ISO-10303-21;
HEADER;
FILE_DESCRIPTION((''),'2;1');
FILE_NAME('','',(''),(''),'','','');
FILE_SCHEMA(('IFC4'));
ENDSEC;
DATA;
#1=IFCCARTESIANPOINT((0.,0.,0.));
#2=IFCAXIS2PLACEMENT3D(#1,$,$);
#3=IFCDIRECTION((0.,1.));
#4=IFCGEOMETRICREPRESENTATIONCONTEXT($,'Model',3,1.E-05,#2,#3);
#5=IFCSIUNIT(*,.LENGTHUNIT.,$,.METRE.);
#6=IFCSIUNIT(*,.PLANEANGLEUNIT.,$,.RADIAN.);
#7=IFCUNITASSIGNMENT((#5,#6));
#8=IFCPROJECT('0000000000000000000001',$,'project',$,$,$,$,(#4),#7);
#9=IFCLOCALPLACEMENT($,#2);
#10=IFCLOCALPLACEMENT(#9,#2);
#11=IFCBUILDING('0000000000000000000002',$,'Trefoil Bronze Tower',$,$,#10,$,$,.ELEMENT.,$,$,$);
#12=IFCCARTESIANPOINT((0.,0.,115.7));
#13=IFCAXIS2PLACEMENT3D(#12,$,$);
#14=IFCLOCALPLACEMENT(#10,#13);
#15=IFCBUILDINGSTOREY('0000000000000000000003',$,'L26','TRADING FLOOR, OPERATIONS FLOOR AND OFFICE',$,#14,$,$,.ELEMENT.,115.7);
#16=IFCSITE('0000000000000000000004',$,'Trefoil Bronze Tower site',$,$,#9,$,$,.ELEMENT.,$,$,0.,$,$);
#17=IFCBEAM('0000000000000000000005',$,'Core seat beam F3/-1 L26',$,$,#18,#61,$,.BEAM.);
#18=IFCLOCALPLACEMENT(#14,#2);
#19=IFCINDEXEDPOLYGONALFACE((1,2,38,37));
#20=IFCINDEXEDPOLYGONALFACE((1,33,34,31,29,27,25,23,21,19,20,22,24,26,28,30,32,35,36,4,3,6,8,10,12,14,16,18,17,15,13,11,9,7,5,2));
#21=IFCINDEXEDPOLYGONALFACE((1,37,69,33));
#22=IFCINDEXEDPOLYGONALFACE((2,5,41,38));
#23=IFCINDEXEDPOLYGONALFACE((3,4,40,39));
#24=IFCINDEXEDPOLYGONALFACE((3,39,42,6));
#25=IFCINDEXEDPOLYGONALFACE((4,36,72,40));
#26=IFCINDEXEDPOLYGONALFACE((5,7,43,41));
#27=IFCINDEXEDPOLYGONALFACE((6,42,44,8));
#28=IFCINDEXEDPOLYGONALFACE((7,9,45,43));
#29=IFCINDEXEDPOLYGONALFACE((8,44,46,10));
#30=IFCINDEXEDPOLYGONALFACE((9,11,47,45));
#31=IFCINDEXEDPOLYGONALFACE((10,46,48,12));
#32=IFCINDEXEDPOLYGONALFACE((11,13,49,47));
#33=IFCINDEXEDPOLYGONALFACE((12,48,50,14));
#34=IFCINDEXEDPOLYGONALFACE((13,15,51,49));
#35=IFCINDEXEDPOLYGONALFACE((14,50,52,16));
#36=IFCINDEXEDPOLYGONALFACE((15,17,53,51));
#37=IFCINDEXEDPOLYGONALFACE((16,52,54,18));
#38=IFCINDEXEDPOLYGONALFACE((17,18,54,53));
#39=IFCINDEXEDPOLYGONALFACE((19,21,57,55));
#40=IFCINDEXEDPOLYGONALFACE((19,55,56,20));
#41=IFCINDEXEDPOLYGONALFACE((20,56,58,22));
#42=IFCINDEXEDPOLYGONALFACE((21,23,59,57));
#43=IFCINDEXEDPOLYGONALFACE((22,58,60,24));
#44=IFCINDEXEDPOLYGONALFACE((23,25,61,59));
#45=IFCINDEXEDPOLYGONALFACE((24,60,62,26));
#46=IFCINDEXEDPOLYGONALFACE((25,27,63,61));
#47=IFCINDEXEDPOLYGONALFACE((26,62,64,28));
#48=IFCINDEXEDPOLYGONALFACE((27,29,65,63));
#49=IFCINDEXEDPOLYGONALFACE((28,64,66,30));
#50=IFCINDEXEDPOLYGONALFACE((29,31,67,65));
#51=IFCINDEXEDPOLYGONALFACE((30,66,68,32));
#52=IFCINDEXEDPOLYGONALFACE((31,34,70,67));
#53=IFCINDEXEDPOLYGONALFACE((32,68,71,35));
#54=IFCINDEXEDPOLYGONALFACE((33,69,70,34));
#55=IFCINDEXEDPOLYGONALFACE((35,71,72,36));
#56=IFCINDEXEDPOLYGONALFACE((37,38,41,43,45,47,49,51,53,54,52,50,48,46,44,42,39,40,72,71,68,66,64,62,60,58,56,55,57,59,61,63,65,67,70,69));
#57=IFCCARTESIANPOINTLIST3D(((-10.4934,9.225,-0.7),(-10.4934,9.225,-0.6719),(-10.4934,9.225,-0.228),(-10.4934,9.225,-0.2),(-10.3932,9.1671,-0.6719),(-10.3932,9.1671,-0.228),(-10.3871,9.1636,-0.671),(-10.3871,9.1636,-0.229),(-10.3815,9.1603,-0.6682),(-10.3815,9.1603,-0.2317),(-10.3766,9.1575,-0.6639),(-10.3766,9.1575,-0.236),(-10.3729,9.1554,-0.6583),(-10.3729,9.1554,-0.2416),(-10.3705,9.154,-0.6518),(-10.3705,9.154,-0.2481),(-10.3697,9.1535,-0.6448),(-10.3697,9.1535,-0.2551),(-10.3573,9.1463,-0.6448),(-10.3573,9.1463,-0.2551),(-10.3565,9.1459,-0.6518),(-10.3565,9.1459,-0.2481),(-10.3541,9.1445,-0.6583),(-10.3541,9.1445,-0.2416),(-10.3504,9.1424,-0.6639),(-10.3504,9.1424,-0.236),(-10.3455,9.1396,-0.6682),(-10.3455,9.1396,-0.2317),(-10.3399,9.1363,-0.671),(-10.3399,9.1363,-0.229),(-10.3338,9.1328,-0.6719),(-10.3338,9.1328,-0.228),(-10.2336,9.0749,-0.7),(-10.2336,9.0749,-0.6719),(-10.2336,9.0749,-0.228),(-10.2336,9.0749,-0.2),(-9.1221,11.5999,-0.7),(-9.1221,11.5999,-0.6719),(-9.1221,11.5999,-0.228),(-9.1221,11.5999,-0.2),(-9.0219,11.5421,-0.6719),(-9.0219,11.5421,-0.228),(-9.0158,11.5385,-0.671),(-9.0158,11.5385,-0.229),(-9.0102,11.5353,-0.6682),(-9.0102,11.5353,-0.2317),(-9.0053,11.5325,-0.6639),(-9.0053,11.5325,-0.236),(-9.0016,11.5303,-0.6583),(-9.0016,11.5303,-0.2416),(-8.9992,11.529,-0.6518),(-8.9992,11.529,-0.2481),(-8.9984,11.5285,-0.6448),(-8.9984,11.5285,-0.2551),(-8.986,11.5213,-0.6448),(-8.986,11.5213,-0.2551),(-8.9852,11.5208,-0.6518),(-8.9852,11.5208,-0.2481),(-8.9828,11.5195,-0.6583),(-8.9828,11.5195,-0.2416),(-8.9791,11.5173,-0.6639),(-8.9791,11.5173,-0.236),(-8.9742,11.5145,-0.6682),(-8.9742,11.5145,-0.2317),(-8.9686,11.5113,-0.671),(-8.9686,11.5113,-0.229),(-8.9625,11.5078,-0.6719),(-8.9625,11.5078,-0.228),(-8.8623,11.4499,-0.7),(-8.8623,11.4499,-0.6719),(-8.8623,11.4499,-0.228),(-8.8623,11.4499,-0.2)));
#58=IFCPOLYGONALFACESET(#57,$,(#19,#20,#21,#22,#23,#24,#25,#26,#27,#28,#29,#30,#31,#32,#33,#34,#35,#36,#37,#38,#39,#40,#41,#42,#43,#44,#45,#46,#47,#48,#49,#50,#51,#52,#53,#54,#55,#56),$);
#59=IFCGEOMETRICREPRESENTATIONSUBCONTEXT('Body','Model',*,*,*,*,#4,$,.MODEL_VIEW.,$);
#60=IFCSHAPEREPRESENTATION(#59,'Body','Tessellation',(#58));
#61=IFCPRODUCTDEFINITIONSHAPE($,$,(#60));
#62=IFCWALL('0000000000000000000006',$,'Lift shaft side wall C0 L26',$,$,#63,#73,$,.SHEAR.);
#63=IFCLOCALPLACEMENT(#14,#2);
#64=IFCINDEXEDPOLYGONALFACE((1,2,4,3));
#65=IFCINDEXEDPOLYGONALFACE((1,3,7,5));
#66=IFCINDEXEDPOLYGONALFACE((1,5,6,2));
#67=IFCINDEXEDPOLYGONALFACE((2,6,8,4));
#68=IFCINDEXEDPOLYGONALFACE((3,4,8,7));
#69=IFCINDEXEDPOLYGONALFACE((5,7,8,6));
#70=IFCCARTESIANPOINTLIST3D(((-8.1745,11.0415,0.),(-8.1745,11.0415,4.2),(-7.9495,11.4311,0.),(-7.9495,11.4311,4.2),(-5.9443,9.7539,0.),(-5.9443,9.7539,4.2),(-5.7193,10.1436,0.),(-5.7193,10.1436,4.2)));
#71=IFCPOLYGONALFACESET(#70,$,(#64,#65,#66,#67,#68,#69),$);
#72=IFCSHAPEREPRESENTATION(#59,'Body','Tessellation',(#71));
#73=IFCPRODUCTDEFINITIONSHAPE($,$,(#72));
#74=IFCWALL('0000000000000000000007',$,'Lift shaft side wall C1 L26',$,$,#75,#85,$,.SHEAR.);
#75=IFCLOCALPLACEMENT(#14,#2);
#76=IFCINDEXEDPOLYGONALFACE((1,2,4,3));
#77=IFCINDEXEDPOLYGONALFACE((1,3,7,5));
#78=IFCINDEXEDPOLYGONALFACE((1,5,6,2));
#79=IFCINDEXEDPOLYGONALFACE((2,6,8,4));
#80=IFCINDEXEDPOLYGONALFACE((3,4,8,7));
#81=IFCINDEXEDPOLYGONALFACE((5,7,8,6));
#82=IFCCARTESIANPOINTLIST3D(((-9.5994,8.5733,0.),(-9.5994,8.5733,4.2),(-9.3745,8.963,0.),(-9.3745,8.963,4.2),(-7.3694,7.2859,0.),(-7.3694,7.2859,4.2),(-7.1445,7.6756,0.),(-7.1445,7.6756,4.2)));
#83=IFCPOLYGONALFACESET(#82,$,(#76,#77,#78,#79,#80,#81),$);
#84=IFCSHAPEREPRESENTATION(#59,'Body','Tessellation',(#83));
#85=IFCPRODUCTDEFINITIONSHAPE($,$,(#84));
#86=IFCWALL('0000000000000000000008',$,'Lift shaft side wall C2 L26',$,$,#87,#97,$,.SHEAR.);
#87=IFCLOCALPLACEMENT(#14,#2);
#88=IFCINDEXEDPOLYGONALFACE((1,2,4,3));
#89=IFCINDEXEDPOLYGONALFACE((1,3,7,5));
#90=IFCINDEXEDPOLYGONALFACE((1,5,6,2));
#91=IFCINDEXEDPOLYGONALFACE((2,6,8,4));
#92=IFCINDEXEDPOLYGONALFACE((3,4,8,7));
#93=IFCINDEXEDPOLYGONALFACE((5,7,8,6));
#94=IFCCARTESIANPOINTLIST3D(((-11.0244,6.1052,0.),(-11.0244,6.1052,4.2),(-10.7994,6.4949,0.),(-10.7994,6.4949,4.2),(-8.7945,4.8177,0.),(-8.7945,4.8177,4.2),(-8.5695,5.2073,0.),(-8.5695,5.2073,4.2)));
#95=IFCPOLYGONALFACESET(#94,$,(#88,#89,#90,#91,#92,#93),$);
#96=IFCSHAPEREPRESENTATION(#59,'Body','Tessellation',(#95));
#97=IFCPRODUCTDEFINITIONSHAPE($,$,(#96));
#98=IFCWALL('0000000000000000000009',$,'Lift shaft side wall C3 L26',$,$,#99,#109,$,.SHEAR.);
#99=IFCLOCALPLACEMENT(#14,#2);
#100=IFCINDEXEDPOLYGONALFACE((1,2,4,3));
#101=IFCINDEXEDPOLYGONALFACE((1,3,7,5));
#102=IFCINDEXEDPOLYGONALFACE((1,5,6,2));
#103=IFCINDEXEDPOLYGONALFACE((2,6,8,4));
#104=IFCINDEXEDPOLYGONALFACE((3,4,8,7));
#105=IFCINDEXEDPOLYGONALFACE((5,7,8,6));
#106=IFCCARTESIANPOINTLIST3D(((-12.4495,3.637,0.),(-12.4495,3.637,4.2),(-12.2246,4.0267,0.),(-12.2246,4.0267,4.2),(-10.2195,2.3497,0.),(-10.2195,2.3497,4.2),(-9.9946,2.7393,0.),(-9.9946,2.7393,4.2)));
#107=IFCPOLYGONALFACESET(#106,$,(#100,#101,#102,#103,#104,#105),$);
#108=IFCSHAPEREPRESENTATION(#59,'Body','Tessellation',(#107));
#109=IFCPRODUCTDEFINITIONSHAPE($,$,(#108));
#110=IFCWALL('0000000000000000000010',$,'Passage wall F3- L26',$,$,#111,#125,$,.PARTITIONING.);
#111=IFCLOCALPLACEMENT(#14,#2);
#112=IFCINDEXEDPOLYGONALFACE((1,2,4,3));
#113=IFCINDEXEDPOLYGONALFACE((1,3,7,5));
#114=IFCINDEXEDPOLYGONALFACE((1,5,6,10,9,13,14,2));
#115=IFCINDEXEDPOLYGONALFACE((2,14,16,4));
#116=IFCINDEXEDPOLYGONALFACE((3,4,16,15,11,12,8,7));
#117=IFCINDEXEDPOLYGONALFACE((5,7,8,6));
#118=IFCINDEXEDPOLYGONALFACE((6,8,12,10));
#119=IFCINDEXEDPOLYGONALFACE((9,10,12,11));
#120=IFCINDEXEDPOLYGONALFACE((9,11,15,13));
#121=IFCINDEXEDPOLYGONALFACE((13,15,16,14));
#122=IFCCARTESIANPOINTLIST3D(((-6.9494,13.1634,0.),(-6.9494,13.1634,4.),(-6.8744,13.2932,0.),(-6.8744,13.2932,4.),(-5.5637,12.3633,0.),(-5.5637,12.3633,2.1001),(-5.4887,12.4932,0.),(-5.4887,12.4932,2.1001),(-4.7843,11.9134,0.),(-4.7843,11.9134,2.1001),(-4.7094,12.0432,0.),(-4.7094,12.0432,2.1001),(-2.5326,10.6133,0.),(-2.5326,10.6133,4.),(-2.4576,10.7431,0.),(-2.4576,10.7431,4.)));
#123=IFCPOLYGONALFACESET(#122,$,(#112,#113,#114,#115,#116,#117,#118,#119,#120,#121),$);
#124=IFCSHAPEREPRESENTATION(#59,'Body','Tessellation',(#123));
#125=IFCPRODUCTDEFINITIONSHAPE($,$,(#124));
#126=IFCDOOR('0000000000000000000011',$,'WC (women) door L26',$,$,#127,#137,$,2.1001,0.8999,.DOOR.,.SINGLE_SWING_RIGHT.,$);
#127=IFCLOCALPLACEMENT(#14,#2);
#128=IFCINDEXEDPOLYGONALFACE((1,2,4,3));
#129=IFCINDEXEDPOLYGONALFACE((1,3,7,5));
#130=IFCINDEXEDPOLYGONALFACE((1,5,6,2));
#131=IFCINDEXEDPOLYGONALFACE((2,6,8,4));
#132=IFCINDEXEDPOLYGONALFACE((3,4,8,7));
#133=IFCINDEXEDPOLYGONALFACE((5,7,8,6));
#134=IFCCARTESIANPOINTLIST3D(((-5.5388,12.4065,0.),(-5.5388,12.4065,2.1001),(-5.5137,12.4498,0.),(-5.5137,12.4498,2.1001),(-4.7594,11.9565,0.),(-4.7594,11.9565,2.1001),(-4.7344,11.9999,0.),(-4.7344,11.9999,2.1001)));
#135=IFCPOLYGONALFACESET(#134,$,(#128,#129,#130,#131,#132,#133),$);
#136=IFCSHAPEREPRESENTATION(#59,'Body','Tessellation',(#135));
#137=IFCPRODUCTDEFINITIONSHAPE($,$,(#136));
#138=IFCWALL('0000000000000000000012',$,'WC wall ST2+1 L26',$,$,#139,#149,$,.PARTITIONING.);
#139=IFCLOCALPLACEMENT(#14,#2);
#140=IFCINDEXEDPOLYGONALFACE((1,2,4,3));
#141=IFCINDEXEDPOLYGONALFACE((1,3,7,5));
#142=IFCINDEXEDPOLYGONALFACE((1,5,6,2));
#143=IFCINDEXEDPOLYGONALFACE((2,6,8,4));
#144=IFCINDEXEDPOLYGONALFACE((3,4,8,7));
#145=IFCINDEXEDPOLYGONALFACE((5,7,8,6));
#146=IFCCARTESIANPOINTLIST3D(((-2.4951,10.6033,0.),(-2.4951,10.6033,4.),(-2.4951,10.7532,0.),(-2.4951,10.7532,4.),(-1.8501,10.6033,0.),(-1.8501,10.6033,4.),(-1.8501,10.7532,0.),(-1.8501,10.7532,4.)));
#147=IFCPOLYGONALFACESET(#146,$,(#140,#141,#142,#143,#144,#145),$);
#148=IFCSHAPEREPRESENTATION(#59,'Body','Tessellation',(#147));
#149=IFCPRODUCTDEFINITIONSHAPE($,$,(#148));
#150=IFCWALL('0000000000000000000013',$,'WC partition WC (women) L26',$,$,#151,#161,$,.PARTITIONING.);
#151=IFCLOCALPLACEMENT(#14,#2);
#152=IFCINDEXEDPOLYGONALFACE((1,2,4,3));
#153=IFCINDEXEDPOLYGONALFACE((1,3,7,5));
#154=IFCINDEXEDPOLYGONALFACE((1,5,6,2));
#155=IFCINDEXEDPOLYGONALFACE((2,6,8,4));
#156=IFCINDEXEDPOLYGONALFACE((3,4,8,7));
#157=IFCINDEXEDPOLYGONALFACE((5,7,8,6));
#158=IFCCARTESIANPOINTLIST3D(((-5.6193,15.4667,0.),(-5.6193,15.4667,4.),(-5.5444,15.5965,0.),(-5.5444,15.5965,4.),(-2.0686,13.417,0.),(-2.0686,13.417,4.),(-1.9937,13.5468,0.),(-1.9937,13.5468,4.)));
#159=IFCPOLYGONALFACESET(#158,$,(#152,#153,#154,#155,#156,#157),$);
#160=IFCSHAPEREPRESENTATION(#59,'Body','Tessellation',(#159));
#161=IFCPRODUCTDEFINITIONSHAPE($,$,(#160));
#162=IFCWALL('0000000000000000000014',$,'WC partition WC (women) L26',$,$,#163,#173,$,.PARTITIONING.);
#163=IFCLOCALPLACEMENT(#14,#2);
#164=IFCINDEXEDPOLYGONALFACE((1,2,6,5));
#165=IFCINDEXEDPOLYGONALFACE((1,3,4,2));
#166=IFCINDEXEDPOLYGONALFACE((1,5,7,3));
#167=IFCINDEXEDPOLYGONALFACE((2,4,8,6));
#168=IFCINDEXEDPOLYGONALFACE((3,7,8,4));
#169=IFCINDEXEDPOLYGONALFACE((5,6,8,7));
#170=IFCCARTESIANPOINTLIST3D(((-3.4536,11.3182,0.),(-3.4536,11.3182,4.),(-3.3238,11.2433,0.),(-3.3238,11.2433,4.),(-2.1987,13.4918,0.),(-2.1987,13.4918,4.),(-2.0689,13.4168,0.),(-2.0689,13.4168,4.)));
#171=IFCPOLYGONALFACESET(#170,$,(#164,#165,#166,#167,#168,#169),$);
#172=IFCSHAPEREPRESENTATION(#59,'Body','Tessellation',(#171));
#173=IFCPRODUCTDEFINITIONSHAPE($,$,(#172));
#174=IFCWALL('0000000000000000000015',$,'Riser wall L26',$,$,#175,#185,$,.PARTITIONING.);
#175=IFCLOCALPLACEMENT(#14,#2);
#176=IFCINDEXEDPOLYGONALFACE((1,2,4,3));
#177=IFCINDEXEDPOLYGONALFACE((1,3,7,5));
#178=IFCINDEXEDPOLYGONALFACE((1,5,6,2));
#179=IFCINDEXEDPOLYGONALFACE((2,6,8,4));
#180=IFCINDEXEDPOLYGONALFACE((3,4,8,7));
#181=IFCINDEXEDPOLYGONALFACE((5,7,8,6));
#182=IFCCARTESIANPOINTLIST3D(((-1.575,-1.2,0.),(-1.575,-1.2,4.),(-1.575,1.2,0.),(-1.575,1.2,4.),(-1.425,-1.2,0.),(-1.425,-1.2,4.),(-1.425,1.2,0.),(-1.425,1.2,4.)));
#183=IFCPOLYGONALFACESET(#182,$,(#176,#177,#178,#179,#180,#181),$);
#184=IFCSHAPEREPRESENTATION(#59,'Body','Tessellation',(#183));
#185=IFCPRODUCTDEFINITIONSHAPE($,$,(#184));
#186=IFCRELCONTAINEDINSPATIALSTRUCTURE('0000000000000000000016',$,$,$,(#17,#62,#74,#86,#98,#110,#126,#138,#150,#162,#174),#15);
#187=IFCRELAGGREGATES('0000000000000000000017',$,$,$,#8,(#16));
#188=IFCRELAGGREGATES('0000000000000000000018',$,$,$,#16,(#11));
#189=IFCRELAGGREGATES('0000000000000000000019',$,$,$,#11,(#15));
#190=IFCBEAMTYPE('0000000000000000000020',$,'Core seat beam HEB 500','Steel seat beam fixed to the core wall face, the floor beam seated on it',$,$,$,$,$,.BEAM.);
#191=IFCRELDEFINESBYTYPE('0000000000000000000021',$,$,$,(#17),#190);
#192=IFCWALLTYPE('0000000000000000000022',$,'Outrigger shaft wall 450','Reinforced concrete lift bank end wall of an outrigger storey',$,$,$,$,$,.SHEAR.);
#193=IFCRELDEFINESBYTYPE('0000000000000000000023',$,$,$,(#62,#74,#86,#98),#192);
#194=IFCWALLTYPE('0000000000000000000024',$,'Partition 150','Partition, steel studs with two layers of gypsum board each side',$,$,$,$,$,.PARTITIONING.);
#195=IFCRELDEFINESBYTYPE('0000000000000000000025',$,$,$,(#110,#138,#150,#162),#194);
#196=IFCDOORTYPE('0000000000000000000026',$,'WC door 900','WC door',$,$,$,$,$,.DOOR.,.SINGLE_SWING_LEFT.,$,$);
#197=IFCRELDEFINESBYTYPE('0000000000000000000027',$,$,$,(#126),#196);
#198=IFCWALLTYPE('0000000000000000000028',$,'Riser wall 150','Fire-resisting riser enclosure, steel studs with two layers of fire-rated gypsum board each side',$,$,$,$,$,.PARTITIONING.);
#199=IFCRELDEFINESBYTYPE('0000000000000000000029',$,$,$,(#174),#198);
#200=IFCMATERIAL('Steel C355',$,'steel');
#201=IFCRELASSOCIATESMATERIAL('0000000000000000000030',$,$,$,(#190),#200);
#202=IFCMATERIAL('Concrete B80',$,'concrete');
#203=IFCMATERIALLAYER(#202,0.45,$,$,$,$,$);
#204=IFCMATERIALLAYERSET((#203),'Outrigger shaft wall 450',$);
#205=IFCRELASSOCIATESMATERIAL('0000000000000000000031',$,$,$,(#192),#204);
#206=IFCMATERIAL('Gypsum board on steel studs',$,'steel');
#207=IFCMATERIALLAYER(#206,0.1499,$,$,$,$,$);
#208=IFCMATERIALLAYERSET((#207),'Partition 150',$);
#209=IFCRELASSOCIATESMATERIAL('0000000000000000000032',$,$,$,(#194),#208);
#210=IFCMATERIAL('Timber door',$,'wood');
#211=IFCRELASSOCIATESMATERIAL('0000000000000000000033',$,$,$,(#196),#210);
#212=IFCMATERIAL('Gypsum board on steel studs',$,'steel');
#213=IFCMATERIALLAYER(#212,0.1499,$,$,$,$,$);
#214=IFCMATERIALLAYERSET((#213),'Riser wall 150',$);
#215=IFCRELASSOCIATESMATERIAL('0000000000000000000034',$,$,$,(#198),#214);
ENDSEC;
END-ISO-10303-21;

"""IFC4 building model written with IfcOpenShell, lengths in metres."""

from ifc_helpers import new_model, si_unit, direction, frame, frame_2d, origin, origin_2d, place, context, subcontext, project, spatial, rectangle, i_section, extrude, material, layer, layer_set, material_profile, profile_set, type_object, element, fill, save


model = new_model("IFC4")

# Units and contexts
model_context = context("Model", 3, precision=1e-05, world=origin(), true_north=direction((0.0, 1.0)))
body_context = subcontext(model_context, "Body", "Model", "MODEL_VIEW")
ifc_project = project(units=[si_unit("LENGTHUNIT", "METRE"), si_unit("PLANEANGLEUNIT", "RADIAN")], contexts=[model_context])

# Site, building, storey
site_placement = place(None, origin())
site = spatial("IfcSite", under=ifc_project, at=site_placement, Name="Trefoil Bronze Tower site", CompositionType="ELEMENT", RefElevation=0.0)
building_placement = place(site_placement, origin())
building = spatial("IfcBuilding", under=site, at=building_placement, Name="Trefoil Bronze Tower", CompositionType="ELEMENT")
storey_placement = place(building_placement, frame((0.0, 0.0, 115.7)))
storey = spatial("IfcBuildingStorey", under=building, at=storey_placement, Name="L26", Description="TRADING FLOOR, OPERATIONS FLOOR AND OFFICE", CompositionType="ELEMENT", Elevation=115.7)

# Beam
ifc_material_1 = material(Name="Steel C355", Category="steel")
ifc_material_profile = material_profile(ifc_material_1, i_section(OverallWidth=0.3, OverallDepth=0.5, WebThickness=0.0144, FlangeThickness=0.0281, FilletRadius=0.0271, at=origin_2d()), Name="HEB 500")
ifc_profile_set = profile_set([ifc_material_profile], Name="Steel C355")
beam_type = type_object("IfcBeamType", Name="Core seat beam HEB 500", Description="Steel seat beam fixed to the core wall face, the floor beam seated on it", PredefinedType="BEAM", material=ifc_profile_set)
beam_placement = place(storey_placement, frame((-8.9922, 11.5249, -0.45), z_axis=(-0.500036, -0.866005, 0.0), x_axis=(0.866005, -0.500036, 0.0)))
element("IfcBeam", 1, at=beam_placement, inside=storey, type_object=beam_type, Name="Core seat beam F3/-1 L26", PredefinedType="BEAM", context=body_context, shape_type="SweptSolid", body=[
    extrude(i_section(OverallWidth=0.3, OverallDepth=0.5, WebThickness=0.0144, FlangeThickness=0.0281, FilletRadius=0.0271, at=origin_2d()), origin(), (0.0, 0.0, 1.0), 2.7424),
])

# Walls
ifc_material_2 = material(Name="Concrete B80", Category="concrete")
ifc_layer_1 = layer(ifc_material_2, 0.45)
ifc_layer_set_1 = layer_set([ifc_layer_1], Name="Outrigger shaft wall 450")
wall_type_1 = type_object("IfcWallType", Name="Outrigger shaft wall 450", Description="Reinforced concrete lift bank end wall of an outrigger storey", PredefinedType="SHEAR", material=ifc_layer_set_1)
wall_1_placement = place(storey_placement, frame((-5.8318, 9.9487, 0.0), z_axis=(0.0, 0.0, 1.0), x_axis=(-0.866029, 0.499993, 0.0)))
element("IfcWall", 2, at=wall_1_placement, inside=storey, type_object=wall_type_1, Name="Lift shaft side wall C0 L26", PredefinedType="SHEAR", context=body_context, shape_type="SweptSolid", body=[
    extrude(rectangle(XDim=2.5752, YDim=0.45, at=frame_2d((1.2876, 0.0))), origin(), (0.0, 0.0, 1.0), 4.2),
])
for number, where, z_axis, x_axis, name in (
    (3, (-7.2568, 7.4807, 0.0), (0.0, 0.0, 1.0), (-0.866047, 0.499963, 0.0), "Lift shaft side wall C1 L26"),
    (4, (-8.6819, 5.0125, 0.0), (0.0, 0.0, 1.0), (-0.866006, 0.500034, 0.0), "Lift shaft side wall C2 L26"),
    (5, (-10.1069, 2.5444, 0.0), (0.0, 0.0, 1.0), (-0.866047, 0.499963, 0.0), "Lift shaft side wall C3 L26"),
):
    element("IfcWall", number, at=place(storey_placement, frame(where, z_axis=z_axis, x_axis=x_axis)), inside=storey, type_object=wall_type_1, Name=name, PredefinedType="SHEAR", context=body_context, shape_type="SweptSolid", body=[
        extrude(rectangle(XDim=2.575, YDim=0.45, at=frame_2d((1.2876, 0.0))), origin(), (0.0, 0.0, 1.0), 4.2),
    ])

# Wall, opening, door
ifc_material_3 = material(Name="Gypsum board on steel studs", Category="steel")
ifc_layer_2 = layer(ifc_material_3, 0.1499)
ifc_layer_set_2 = layer_set([ifc_layer_2], Name="Partition 150")
wall_type_2 = type_object("IfcWallType", Name="Partition 150", Description="Partition, steel studs with two layers of gypsum board each side", PredefinedType="PARTITIONING", material=ifc_layer_set_2)
wall_2_placement = place(storey_placement, frame((-2.4951, 10.6782, 0.0), z_axis=(0.0, 0.0, 1.0), x_axis=(-0.866022, 0.500006, 0.0)))
wall_2 = element("IfcWall", 6, at=wall_2_placement, inside=storey, type_object=wall_type_2, Name="Passage wall F3- L26", PredefinedType="PARTITIONING", context=body_context, shape_type="SweptSolid", body=[
    extrude(rectangle(XDim=5.1001, YDim=0.1499, at=frame_2d((2.55, 0.0))), origin(), (0.0, 0.0, 1.0), 4.0),
])
opening_1_placement = place(wall_2_placement, frame((2.6001, 0.0, 0.0)))
opening_1 = element("IfcOpeningElement", 7, at=opening_1_placement, cuts=wall_2, PredefinedType="OPENING", context=body_context, shape_type="SweptSolid", body=[
    extrude(rectangle(XDim=0.8999, YDim=2.1001, at=frame_2d((0.45, 1.05))), frame((0.0, 0.085, 0.0), z_axis=(0.0, -1.0, 0.0), x_axis=(1.0, 0.0, 0.0)), (0.0, 0.0, 1.0), 0.1699),
])
ifc_material_4 = material(Name="Timber door", Category="wood")
door_type_1 = type_object("IfcDoorType", Name="WC door 900", Description="WC door", OperationType="SINGLE_SWING_LEFT", PredefinedType="DOOR", material=ifc_material_4)
door_1_placement = place(opening_1_placement, frame((0.8999, 0.0, 0.0), z_axis=(0.0, 0.0, 1.0), x_axis=(-1.0, 0.0, 0.0)))
door_1 = element("IfcDoor", 8, at=door_1_placement, inside=storey, type_object=door_type_1, Name="WC (women) door L26", OperationType="SINGLE_SWING_RIGHT", OverallHeight=2.1001, OverallWidth=0.8999, PredefinedType="DOOR", context=body_context, shape_type="SweptSolid", body=[
    extrude(rectangle(XDim=0.8999, YDim=2.1001, at=frame_2d((0.45, 1.05))), frame((0.0, 0.0249, 0.0), z_axis=(0.0, -1.0, 0.0), x_axis=(1.0, 0.0, 0.0)), (0.0, 0.0, 1.0), 0.05),
])
fill(opening_1, door_1)

# Walls
wall_3_placement = place(storey_placement, frame((-2.4951, 10.6782, 0.0), z_axis=(0.0, 0.0, 1.0), x_axis=(1.0, 0.0, 0.0)))
element("IfcWall", 9, at=wall_3_placement, inside=storey, type_object=wall_type_2, Name="WC wall ST2+1 L26", PredefinedType="PARTITIONING", context=body_context, shape_type="SweptSolid", body=[
    extrude(rectangle(XDim=0.645, YDim=0.1499, at=frame_2d((0.3225, 0.0))), origin(), (0.0, 0.0, 1.0), 4.0),
])
wall_4_placement = place(storey_placement, frame((-2.0312, 13.4819, 0.0), z_axis=(0.0, 0.0, 1.0), x_axis=(-0.866051, 0.499956, 0.0)))
element("IfcWall", 10, at=wall_4_placement, inside=storey, type_object=wall_type_2, Name="WC partition WC (women) L26", PredefinedType="PARTITIONING", context=body_context, shape_type="SweptSolid", body=[
    extrude(rectangle(XDim=4.0999, YDim=0.1499, at=frame_2d((2.0498, 0.0))), origin(), (0.0, 0.0, 1.0), 4.0),
])
wall_5_placement = place(storey_placement, frame((-3.3887, 11.2808, 0.0), z_axis=(0.0, 0.0, 1.0), x_axis=(0.499989, 0.866032, 0.0)))
element("IfcWall", 11, at=wall_5_placement, inside=storey, type_object=wall_type_2, Name="WC partition WC (women) L26", PredefinedType="PARTITIONING", context=body_context, shape_type="SweptSolid", body=[
    extrude(rectangle(XDim=2.5098, YDim=0.1499, at=frame_2d((1.2549, 0.0))), origin(), (0.0, 0.0, 1.0), 4.0),
])
ifc_material_5 = material(Name="Gypsum board on steel studs", Category="steel")
ifc_layer_3 = layer(ifc_material_5, 0.1499)
ifc_layer_set_3 = layer_set([ifc_layer_3], Name="Riser wall 150")
wall_type_3 = type_object("IfcWallType", Name="Riser wall 150", Description="Fire-resisting riser enclosure, steel studs with two layers of fire-rated gypsum board each side", PredefinedType="PARTITIONING", material=ifc_layer_set_3)
wall_6_placement = place(storey_placement, frame((-1.5, 1.2, 0.0), z_axis=(0.0, 0.0, 1.0), x_axis=(0.0, -1.0, 0.0)))
element("IfcWall", 12, at=wall_6_placement, inside=storey, type_object=wall_type_3, Name="Riser wall L26", PredefinedType="PARTITIONING", context=body_context, shape_type="SweptSolid", body=[
    extrude(rectangle(XDim=2.3999, YDim=0.1499, at=frame_2d((1.2, 0.0))), origin(), (0.0, 0.0, 1.0), 4.0),
])

save(model, "model.ifc")
